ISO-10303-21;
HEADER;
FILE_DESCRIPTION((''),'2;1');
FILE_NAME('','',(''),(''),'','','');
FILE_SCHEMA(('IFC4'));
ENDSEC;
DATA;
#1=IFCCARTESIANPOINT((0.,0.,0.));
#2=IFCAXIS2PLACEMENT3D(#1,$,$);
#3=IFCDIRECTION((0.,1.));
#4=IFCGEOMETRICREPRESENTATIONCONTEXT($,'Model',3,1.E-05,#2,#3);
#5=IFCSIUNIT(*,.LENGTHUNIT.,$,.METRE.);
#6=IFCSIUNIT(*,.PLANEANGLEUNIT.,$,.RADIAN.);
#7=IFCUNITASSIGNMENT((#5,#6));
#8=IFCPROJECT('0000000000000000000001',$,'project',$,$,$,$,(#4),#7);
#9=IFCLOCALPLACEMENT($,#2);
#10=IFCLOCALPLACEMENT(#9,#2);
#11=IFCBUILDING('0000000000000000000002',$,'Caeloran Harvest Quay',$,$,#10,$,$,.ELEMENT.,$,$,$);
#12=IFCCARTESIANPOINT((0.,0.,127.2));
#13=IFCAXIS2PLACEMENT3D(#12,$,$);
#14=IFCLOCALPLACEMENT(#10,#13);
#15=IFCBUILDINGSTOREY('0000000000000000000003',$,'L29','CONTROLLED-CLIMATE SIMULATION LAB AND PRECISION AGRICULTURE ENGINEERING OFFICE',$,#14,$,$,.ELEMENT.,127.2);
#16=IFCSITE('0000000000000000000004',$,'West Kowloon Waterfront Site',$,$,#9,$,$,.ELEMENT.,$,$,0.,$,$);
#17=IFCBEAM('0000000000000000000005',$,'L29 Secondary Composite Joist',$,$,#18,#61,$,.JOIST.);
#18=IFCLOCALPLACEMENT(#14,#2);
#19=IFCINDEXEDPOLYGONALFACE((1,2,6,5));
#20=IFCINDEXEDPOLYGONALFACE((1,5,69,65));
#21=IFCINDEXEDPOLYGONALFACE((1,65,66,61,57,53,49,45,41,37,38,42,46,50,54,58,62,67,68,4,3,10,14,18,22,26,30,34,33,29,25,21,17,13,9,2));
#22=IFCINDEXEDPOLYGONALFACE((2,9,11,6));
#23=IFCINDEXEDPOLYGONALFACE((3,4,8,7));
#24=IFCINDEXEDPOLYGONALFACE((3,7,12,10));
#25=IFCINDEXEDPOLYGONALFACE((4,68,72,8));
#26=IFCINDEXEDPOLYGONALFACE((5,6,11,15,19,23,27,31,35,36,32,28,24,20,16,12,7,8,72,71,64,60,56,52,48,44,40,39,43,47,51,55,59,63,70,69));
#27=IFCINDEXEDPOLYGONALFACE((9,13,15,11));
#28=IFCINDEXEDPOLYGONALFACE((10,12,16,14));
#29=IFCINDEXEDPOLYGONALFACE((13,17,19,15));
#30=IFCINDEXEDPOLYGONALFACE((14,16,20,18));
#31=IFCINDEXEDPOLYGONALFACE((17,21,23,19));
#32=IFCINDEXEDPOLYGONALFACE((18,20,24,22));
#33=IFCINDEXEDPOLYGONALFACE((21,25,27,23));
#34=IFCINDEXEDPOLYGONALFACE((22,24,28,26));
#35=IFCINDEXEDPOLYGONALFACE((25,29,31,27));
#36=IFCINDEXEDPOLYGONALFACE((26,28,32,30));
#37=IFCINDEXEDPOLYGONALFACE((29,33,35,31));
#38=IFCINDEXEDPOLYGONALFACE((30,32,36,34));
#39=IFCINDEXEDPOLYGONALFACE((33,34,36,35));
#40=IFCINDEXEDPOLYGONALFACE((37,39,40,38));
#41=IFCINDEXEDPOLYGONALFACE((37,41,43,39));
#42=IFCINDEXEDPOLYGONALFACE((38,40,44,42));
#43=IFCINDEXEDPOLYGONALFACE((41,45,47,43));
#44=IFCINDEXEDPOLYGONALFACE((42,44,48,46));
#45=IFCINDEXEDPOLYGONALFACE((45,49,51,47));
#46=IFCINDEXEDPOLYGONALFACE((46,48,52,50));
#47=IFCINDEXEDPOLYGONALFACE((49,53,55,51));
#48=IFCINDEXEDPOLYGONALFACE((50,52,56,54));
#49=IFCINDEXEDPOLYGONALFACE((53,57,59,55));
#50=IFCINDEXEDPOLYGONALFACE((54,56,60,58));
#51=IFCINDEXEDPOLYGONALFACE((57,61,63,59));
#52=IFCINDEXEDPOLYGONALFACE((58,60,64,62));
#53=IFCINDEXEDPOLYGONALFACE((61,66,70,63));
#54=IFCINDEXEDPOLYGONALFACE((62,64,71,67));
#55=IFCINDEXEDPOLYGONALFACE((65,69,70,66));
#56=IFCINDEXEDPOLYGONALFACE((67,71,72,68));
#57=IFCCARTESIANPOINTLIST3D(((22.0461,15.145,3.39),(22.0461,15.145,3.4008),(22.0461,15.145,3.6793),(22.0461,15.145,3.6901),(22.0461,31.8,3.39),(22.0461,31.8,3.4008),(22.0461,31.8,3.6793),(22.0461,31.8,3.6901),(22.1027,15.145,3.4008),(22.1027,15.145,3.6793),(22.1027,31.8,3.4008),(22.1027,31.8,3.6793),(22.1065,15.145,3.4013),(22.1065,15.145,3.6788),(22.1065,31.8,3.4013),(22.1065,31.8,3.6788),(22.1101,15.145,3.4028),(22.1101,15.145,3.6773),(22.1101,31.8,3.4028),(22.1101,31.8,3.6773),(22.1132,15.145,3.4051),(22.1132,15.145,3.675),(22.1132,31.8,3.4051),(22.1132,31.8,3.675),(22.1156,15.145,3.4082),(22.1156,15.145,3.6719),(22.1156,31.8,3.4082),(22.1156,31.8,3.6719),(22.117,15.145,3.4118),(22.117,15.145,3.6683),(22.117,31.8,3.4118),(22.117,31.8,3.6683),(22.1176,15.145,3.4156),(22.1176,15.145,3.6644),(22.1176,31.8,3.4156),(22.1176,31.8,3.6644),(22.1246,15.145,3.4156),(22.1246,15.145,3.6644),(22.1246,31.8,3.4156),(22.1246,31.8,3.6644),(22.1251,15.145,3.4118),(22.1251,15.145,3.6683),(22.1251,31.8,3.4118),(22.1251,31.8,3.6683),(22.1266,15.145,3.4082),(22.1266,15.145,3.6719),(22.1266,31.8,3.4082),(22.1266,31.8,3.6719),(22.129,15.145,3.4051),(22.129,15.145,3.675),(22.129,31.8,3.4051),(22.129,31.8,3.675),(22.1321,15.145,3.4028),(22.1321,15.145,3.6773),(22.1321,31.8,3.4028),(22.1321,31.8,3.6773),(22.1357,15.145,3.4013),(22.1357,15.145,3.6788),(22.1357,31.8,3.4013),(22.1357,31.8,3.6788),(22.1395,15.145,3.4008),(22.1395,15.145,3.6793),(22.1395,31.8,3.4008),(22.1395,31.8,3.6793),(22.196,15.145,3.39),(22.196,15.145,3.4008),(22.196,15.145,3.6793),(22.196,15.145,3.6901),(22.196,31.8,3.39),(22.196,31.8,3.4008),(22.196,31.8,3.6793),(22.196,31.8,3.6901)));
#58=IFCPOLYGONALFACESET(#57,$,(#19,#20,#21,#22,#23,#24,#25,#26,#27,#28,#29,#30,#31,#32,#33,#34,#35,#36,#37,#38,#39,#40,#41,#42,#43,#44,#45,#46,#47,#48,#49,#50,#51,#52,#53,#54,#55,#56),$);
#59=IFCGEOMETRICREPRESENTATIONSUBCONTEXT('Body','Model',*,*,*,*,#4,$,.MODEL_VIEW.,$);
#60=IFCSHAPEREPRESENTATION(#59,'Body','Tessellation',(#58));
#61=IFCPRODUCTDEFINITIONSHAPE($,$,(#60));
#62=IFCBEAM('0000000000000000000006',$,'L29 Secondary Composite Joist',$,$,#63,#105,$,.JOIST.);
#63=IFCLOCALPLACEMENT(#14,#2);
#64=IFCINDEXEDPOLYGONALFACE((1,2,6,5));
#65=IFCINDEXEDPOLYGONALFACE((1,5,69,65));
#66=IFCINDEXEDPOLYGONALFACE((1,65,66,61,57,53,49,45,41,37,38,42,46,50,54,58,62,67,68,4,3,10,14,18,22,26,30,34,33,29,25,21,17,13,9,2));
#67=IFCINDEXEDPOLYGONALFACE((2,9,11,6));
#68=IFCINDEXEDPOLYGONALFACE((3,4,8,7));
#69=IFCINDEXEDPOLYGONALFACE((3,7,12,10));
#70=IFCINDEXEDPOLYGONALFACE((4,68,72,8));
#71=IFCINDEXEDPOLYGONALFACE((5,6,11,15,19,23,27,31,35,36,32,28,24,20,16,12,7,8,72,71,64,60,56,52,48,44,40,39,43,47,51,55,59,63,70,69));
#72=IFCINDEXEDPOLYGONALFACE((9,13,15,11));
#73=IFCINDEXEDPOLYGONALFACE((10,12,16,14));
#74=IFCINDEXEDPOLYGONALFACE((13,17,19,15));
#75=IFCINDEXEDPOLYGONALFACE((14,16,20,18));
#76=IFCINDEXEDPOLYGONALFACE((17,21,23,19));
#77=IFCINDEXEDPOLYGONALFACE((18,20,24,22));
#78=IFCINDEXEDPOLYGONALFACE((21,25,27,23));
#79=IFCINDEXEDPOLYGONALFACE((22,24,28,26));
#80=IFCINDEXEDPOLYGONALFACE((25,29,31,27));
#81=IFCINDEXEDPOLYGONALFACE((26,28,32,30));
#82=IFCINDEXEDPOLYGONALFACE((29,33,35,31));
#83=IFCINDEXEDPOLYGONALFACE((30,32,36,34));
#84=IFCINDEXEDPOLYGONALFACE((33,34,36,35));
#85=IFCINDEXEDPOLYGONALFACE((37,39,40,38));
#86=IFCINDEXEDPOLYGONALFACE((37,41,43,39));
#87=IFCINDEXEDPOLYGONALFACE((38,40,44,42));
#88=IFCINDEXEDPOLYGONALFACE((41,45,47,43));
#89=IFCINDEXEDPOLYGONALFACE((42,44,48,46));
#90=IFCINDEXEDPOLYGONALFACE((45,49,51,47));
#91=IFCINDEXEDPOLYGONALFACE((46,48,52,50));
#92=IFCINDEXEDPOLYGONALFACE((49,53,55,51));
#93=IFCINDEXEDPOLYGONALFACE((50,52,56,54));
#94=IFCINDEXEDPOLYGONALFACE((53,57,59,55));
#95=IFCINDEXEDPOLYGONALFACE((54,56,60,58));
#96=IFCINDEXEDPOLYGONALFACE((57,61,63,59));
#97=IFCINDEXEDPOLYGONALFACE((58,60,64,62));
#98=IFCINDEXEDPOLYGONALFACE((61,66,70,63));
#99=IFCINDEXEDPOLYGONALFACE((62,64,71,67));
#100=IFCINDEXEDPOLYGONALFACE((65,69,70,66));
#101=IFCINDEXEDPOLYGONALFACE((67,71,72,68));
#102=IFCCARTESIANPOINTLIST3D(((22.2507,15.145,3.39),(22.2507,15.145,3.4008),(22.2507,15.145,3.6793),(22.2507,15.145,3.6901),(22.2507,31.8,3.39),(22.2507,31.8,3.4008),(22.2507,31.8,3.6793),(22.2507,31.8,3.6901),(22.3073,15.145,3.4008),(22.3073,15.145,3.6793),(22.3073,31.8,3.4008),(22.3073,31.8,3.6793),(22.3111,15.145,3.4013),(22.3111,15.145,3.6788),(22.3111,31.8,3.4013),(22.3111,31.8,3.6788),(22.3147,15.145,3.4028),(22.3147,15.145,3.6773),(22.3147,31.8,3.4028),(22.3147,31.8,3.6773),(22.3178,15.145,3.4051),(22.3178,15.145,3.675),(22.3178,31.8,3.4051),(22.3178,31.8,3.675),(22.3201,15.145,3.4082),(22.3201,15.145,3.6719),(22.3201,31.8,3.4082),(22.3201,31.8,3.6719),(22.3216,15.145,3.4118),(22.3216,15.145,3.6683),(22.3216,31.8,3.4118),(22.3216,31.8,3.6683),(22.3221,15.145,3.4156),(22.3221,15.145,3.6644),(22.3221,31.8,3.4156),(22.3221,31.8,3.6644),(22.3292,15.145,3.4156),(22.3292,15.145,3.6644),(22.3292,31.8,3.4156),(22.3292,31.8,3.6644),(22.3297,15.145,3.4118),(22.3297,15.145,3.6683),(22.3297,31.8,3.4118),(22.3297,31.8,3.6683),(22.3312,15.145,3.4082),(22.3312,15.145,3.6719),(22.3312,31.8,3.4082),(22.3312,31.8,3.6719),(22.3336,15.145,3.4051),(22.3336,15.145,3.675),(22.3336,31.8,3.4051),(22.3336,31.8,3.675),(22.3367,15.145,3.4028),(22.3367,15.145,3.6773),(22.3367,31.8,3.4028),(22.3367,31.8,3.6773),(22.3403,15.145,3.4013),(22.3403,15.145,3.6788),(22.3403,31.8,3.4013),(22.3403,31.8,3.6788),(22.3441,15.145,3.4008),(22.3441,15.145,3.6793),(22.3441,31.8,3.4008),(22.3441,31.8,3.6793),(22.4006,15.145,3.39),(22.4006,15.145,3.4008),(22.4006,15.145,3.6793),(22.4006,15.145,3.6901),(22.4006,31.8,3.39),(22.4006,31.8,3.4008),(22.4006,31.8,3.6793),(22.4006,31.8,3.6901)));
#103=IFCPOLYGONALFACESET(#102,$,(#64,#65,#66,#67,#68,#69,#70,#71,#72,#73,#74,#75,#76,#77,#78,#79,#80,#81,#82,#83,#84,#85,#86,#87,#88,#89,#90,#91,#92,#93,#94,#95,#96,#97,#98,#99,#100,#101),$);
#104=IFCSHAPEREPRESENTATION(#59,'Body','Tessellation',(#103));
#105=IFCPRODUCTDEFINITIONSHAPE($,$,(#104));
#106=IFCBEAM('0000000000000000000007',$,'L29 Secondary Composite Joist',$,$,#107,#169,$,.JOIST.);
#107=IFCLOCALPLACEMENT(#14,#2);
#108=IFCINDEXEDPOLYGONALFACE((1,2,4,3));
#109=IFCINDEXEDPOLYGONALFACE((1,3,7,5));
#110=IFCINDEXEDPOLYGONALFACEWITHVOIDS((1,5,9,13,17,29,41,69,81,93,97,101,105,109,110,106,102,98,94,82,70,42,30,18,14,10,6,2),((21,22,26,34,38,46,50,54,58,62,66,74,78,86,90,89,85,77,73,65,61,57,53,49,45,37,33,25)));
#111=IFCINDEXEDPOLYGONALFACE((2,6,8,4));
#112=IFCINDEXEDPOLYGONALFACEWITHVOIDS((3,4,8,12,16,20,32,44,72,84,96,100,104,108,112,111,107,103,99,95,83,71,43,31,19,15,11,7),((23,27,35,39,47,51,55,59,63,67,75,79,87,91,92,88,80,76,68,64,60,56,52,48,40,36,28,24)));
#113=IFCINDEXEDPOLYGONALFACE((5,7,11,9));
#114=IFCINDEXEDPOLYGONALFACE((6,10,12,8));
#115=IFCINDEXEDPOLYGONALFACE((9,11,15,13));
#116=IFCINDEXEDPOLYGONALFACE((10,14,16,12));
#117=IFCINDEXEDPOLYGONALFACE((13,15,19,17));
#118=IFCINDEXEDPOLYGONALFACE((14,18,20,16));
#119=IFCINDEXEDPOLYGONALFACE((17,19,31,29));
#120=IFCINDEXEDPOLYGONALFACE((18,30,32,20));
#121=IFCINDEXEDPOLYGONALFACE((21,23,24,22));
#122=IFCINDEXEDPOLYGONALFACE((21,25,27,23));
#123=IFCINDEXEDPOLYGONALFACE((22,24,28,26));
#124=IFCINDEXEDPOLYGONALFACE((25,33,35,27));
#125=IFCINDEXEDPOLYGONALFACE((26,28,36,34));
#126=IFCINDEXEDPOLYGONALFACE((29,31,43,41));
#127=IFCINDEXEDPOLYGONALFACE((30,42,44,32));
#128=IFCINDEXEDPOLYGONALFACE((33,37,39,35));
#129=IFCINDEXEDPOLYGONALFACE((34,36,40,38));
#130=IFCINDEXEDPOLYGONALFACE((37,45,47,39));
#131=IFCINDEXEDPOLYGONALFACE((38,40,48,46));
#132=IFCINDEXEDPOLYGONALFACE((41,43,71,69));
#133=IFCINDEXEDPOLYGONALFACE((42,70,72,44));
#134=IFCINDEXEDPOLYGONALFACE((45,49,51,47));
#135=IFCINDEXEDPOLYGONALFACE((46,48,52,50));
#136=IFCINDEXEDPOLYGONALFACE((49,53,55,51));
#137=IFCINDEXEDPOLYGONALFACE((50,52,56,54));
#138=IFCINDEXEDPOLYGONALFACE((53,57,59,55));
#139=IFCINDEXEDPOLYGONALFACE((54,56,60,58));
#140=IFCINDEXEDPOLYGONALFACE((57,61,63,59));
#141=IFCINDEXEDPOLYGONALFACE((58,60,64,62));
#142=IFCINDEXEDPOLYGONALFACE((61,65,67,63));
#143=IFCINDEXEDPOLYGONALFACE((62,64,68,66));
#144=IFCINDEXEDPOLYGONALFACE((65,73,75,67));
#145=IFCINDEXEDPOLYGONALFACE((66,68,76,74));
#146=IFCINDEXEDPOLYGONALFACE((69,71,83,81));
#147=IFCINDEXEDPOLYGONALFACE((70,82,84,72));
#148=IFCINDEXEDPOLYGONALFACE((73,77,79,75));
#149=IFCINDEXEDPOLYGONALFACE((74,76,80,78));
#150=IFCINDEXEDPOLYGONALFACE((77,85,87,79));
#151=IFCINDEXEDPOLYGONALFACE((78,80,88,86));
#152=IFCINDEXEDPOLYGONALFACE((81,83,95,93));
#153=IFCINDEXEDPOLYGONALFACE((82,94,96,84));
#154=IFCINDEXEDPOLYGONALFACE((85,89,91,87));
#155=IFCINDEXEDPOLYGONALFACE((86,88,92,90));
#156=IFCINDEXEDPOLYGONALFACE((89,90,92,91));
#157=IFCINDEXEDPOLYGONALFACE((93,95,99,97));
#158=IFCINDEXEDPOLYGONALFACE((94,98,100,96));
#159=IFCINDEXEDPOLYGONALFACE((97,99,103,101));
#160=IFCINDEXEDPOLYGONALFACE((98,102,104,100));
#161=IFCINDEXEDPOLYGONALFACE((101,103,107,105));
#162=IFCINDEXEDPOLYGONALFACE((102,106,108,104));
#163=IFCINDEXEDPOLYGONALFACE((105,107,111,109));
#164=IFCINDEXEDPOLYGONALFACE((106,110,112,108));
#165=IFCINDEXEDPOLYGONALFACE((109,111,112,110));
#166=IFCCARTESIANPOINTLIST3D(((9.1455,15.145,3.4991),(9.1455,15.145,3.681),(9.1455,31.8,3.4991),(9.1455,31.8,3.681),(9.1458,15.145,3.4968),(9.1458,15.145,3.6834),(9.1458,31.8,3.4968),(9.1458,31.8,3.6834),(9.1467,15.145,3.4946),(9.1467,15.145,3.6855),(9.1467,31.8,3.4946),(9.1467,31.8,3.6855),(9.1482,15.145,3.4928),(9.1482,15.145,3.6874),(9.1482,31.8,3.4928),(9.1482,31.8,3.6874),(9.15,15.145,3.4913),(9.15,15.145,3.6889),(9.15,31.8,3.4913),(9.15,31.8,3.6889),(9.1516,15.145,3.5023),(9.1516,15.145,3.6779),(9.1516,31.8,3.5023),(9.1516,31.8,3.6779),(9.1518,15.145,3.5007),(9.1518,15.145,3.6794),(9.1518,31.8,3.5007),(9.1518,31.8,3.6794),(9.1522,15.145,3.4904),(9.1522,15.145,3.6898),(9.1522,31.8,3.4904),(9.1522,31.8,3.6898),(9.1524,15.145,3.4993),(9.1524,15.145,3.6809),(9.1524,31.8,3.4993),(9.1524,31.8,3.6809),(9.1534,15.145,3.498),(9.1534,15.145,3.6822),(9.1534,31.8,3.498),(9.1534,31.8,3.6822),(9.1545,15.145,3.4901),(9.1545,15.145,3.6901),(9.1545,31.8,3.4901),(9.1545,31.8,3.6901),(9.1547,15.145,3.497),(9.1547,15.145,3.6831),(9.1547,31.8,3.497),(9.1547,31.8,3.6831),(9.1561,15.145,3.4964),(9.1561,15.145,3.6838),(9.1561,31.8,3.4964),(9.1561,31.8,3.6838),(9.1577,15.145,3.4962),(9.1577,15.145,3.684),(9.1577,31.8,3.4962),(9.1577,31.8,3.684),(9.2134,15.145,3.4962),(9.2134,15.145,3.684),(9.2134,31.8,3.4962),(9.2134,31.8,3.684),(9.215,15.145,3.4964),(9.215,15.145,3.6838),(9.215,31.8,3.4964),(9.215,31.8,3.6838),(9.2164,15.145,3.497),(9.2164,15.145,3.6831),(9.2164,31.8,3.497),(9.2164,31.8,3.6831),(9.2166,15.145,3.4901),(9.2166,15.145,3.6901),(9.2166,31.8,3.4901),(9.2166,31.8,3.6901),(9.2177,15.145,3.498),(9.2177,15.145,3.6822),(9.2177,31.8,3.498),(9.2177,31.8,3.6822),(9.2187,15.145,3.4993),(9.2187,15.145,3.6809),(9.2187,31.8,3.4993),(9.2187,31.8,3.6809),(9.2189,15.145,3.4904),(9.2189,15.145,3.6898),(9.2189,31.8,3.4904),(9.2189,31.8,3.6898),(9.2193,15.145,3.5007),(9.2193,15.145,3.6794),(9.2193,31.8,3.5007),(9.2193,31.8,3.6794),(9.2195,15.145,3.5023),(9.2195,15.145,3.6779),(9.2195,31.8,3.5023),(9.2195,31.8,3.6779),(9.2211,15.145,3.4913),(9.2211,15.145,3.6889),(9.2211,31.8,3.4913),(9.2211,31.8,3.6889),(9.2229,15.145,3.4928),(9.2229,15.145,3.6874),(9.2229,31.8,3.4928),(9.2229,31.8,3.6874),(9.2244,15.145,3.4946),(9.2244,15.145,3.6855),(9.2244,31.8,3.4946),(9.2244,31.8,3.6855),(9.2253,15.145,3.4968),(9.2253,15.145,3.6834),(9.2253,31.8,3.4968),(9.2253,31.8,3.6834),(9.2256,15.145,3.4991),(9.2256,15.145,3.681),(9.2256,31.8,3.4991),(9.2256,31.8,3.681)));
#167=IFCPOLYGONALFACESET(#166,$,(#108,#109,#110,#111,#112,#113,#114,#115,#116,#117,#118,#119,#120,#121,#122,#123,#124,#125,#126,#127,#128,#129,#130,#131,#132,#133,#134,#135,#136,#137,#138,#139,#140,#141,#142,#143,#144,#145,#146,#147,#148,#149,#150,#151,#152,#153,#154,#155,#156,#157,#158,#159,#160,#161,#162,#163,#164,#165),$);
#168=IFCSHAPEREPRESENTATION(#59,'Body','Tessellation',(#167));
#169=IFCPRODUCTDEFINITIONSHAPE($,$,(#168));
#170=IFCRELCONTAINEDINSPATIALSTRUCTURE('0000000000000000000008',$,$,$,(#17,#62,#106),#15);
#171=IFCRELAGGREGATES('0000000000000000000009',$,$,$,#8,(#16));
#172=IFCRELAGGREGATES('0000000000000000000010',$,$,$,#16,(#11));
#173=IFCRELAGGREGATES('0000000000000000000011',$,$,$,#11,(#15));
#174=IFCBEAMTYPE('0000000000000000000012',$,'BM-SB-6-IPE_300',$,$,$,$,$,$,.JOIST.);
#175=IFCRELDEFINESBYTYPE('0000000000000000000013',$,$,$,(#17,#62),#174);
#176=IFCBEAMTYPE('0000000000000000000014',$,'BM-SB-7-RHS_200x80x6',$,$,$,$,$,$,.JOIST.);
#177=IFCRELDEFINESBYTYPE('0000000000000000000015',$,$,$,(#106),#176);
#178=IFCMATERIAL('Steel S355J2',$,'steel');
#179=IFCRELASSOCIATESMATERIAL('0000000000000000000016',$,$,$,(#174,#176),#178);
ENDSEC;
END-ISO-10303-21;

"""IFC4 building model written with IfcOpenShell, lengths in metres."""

from ifc_helpers import new_model, si_unit, direction, frame, origin, origin_2d, place, context, subcontext, project, spatial, hollow_rectangle, i_section, extrude, material, material_profile, profile_set, type_object, element, save


model = new_model("IFC4")

# Units and contexts
model_context = context("Model", 3, precision=1e-05, world=origin(), true_north=direction((0.0, 1.0)))
body_context = subcontext(model_context, "Body", "Model", "MODEL_VIEW")
ifc_project = project(units=[si_unit("LENGTHUNIT", "METRE"), si_unit("PLANEANGLEUNIT", "RADIAN")], contexts=[model_context])

# Site, building, storey
site_placement = place(None, origin())
site = spatial("IfcSite", under=ifc_project, at=site_placement, Name="West Kowloon Waterfront Site", CompositionType="ELEMENT", RefElevation=0.0)
building_placement = place(site_placement, origin())
building = spatial("IfcBuilding", under=site, at=building_placement, Name="Caeloran Harvest Quay", CompositionType="ELEMENT")
storey_placement = place(building_placement, frame((0.0, 0.0, 127.2)))
storey = spatial("IfcBuildingStorey", under=building, at=storey_placement, Name="L29", Description="CONTROLLED-CLIMATE SIMULATION LAB AND PRECISION AGRICULTURE ENGINEERING OFFICE", CompositionType="ELEMENT", Elevation=127.2)

# Beams
ifc_material_1 = material(Name="Steel S355J2", Category="steel")
ifc_material_profile_1 = material_profile(ifc_material_1, i_section(OverallWidth=0.1499, OverallDepth=0.3, WebThickness=0.0071, FlangeThickness=0.0107, FilletRadius=0.0149, at=origin_2d()), Name="IPE 300")
ifc_profile_set_1 = profile_set([ifc_material_profile_1], Name="Steel S355J2")
beam_type_1 = type_object("IfcBeamType", Name="BM-SB-6-IPE_300", PredefinedType="JOIST", material=ifc_profile_set_1)
for number, where, z_axis, x_axis, name in (
    (1, (22.1211, 15.145, 3.54), (0.0, 1.0, 0.0), (-1.0, 0.0, 0.0), "L29 Secondary Composite Joist"),
    (2, (22.3257, 15.145, 3.54), (0.0, 1.0, 0.0), (-1.0, 0.0, 0.0), "L29 Secondary Composite Joist"),
):
    element("IfcBeam", number, at=place(storey_placement, frame(where, z_axis=z_axis, x_axis=x_axis)), inside=storey, type_object=beam_type_1, Name=name, PredefinedType="JOIST", context=body_context, shape_type="SweptSolid", body=[
        extrude(i_section(OverallWidth=0.1499, OverallDepth=0.3, WebThickness=0.0071, FlangeThickness=0.0107, FilletRadius=0.0149, at=origin_2d()), origin(), (0.0, 0.0, 1.0), 16.655),
    ])
ifc_material_profile_2 = material_profile(ifc_material_1, hollow_rectangle(XDim=0.0801, YDim=0.2, WallThickness=0.0061, InnerFilletRadius=0.0061, OuterFilletRadius=0.009, at=origin_2d()), Name="RHS 200x80x6")
ifc_profile_set_2 = profile_set([ifc_material_profile_2], Name="Steel S355J2")
beam_type_2 = type_object("IfcBeamType", Name="BM-SB-7-RHS_200x80x6", PredefinedType="JOIST", material=ifc_profile_set_2)
for number, where, z_axis, x_axis, name in (
    (3, (9.1855, 15.145, 3.5901), (0.0, 1.0, 0.0), (-1.0, 0.0, 0.0), "L29 Secondary Composite Joist"),
):
    element("IfcBeam", number, at=place(storey_placement, frame(where, z_axis=z_axis, x_axis=x_axis)), inside=storey, type_object=beam_type_2, Name=name, PredefinedType="JOIST", context=body_context, shape_type="SweptSolid", body=[
        extrude(hollow_rectangle(XDim=0.0801, YDim=0.2, WallThickness=0.0061, InnerFilletRadius=0.0061, OuterFilletRadius=0.009, at=origin_2d()), origin(), (0.0, 0.0, 1.0), 16.655),
    ])

save(model, "model.ifc")
